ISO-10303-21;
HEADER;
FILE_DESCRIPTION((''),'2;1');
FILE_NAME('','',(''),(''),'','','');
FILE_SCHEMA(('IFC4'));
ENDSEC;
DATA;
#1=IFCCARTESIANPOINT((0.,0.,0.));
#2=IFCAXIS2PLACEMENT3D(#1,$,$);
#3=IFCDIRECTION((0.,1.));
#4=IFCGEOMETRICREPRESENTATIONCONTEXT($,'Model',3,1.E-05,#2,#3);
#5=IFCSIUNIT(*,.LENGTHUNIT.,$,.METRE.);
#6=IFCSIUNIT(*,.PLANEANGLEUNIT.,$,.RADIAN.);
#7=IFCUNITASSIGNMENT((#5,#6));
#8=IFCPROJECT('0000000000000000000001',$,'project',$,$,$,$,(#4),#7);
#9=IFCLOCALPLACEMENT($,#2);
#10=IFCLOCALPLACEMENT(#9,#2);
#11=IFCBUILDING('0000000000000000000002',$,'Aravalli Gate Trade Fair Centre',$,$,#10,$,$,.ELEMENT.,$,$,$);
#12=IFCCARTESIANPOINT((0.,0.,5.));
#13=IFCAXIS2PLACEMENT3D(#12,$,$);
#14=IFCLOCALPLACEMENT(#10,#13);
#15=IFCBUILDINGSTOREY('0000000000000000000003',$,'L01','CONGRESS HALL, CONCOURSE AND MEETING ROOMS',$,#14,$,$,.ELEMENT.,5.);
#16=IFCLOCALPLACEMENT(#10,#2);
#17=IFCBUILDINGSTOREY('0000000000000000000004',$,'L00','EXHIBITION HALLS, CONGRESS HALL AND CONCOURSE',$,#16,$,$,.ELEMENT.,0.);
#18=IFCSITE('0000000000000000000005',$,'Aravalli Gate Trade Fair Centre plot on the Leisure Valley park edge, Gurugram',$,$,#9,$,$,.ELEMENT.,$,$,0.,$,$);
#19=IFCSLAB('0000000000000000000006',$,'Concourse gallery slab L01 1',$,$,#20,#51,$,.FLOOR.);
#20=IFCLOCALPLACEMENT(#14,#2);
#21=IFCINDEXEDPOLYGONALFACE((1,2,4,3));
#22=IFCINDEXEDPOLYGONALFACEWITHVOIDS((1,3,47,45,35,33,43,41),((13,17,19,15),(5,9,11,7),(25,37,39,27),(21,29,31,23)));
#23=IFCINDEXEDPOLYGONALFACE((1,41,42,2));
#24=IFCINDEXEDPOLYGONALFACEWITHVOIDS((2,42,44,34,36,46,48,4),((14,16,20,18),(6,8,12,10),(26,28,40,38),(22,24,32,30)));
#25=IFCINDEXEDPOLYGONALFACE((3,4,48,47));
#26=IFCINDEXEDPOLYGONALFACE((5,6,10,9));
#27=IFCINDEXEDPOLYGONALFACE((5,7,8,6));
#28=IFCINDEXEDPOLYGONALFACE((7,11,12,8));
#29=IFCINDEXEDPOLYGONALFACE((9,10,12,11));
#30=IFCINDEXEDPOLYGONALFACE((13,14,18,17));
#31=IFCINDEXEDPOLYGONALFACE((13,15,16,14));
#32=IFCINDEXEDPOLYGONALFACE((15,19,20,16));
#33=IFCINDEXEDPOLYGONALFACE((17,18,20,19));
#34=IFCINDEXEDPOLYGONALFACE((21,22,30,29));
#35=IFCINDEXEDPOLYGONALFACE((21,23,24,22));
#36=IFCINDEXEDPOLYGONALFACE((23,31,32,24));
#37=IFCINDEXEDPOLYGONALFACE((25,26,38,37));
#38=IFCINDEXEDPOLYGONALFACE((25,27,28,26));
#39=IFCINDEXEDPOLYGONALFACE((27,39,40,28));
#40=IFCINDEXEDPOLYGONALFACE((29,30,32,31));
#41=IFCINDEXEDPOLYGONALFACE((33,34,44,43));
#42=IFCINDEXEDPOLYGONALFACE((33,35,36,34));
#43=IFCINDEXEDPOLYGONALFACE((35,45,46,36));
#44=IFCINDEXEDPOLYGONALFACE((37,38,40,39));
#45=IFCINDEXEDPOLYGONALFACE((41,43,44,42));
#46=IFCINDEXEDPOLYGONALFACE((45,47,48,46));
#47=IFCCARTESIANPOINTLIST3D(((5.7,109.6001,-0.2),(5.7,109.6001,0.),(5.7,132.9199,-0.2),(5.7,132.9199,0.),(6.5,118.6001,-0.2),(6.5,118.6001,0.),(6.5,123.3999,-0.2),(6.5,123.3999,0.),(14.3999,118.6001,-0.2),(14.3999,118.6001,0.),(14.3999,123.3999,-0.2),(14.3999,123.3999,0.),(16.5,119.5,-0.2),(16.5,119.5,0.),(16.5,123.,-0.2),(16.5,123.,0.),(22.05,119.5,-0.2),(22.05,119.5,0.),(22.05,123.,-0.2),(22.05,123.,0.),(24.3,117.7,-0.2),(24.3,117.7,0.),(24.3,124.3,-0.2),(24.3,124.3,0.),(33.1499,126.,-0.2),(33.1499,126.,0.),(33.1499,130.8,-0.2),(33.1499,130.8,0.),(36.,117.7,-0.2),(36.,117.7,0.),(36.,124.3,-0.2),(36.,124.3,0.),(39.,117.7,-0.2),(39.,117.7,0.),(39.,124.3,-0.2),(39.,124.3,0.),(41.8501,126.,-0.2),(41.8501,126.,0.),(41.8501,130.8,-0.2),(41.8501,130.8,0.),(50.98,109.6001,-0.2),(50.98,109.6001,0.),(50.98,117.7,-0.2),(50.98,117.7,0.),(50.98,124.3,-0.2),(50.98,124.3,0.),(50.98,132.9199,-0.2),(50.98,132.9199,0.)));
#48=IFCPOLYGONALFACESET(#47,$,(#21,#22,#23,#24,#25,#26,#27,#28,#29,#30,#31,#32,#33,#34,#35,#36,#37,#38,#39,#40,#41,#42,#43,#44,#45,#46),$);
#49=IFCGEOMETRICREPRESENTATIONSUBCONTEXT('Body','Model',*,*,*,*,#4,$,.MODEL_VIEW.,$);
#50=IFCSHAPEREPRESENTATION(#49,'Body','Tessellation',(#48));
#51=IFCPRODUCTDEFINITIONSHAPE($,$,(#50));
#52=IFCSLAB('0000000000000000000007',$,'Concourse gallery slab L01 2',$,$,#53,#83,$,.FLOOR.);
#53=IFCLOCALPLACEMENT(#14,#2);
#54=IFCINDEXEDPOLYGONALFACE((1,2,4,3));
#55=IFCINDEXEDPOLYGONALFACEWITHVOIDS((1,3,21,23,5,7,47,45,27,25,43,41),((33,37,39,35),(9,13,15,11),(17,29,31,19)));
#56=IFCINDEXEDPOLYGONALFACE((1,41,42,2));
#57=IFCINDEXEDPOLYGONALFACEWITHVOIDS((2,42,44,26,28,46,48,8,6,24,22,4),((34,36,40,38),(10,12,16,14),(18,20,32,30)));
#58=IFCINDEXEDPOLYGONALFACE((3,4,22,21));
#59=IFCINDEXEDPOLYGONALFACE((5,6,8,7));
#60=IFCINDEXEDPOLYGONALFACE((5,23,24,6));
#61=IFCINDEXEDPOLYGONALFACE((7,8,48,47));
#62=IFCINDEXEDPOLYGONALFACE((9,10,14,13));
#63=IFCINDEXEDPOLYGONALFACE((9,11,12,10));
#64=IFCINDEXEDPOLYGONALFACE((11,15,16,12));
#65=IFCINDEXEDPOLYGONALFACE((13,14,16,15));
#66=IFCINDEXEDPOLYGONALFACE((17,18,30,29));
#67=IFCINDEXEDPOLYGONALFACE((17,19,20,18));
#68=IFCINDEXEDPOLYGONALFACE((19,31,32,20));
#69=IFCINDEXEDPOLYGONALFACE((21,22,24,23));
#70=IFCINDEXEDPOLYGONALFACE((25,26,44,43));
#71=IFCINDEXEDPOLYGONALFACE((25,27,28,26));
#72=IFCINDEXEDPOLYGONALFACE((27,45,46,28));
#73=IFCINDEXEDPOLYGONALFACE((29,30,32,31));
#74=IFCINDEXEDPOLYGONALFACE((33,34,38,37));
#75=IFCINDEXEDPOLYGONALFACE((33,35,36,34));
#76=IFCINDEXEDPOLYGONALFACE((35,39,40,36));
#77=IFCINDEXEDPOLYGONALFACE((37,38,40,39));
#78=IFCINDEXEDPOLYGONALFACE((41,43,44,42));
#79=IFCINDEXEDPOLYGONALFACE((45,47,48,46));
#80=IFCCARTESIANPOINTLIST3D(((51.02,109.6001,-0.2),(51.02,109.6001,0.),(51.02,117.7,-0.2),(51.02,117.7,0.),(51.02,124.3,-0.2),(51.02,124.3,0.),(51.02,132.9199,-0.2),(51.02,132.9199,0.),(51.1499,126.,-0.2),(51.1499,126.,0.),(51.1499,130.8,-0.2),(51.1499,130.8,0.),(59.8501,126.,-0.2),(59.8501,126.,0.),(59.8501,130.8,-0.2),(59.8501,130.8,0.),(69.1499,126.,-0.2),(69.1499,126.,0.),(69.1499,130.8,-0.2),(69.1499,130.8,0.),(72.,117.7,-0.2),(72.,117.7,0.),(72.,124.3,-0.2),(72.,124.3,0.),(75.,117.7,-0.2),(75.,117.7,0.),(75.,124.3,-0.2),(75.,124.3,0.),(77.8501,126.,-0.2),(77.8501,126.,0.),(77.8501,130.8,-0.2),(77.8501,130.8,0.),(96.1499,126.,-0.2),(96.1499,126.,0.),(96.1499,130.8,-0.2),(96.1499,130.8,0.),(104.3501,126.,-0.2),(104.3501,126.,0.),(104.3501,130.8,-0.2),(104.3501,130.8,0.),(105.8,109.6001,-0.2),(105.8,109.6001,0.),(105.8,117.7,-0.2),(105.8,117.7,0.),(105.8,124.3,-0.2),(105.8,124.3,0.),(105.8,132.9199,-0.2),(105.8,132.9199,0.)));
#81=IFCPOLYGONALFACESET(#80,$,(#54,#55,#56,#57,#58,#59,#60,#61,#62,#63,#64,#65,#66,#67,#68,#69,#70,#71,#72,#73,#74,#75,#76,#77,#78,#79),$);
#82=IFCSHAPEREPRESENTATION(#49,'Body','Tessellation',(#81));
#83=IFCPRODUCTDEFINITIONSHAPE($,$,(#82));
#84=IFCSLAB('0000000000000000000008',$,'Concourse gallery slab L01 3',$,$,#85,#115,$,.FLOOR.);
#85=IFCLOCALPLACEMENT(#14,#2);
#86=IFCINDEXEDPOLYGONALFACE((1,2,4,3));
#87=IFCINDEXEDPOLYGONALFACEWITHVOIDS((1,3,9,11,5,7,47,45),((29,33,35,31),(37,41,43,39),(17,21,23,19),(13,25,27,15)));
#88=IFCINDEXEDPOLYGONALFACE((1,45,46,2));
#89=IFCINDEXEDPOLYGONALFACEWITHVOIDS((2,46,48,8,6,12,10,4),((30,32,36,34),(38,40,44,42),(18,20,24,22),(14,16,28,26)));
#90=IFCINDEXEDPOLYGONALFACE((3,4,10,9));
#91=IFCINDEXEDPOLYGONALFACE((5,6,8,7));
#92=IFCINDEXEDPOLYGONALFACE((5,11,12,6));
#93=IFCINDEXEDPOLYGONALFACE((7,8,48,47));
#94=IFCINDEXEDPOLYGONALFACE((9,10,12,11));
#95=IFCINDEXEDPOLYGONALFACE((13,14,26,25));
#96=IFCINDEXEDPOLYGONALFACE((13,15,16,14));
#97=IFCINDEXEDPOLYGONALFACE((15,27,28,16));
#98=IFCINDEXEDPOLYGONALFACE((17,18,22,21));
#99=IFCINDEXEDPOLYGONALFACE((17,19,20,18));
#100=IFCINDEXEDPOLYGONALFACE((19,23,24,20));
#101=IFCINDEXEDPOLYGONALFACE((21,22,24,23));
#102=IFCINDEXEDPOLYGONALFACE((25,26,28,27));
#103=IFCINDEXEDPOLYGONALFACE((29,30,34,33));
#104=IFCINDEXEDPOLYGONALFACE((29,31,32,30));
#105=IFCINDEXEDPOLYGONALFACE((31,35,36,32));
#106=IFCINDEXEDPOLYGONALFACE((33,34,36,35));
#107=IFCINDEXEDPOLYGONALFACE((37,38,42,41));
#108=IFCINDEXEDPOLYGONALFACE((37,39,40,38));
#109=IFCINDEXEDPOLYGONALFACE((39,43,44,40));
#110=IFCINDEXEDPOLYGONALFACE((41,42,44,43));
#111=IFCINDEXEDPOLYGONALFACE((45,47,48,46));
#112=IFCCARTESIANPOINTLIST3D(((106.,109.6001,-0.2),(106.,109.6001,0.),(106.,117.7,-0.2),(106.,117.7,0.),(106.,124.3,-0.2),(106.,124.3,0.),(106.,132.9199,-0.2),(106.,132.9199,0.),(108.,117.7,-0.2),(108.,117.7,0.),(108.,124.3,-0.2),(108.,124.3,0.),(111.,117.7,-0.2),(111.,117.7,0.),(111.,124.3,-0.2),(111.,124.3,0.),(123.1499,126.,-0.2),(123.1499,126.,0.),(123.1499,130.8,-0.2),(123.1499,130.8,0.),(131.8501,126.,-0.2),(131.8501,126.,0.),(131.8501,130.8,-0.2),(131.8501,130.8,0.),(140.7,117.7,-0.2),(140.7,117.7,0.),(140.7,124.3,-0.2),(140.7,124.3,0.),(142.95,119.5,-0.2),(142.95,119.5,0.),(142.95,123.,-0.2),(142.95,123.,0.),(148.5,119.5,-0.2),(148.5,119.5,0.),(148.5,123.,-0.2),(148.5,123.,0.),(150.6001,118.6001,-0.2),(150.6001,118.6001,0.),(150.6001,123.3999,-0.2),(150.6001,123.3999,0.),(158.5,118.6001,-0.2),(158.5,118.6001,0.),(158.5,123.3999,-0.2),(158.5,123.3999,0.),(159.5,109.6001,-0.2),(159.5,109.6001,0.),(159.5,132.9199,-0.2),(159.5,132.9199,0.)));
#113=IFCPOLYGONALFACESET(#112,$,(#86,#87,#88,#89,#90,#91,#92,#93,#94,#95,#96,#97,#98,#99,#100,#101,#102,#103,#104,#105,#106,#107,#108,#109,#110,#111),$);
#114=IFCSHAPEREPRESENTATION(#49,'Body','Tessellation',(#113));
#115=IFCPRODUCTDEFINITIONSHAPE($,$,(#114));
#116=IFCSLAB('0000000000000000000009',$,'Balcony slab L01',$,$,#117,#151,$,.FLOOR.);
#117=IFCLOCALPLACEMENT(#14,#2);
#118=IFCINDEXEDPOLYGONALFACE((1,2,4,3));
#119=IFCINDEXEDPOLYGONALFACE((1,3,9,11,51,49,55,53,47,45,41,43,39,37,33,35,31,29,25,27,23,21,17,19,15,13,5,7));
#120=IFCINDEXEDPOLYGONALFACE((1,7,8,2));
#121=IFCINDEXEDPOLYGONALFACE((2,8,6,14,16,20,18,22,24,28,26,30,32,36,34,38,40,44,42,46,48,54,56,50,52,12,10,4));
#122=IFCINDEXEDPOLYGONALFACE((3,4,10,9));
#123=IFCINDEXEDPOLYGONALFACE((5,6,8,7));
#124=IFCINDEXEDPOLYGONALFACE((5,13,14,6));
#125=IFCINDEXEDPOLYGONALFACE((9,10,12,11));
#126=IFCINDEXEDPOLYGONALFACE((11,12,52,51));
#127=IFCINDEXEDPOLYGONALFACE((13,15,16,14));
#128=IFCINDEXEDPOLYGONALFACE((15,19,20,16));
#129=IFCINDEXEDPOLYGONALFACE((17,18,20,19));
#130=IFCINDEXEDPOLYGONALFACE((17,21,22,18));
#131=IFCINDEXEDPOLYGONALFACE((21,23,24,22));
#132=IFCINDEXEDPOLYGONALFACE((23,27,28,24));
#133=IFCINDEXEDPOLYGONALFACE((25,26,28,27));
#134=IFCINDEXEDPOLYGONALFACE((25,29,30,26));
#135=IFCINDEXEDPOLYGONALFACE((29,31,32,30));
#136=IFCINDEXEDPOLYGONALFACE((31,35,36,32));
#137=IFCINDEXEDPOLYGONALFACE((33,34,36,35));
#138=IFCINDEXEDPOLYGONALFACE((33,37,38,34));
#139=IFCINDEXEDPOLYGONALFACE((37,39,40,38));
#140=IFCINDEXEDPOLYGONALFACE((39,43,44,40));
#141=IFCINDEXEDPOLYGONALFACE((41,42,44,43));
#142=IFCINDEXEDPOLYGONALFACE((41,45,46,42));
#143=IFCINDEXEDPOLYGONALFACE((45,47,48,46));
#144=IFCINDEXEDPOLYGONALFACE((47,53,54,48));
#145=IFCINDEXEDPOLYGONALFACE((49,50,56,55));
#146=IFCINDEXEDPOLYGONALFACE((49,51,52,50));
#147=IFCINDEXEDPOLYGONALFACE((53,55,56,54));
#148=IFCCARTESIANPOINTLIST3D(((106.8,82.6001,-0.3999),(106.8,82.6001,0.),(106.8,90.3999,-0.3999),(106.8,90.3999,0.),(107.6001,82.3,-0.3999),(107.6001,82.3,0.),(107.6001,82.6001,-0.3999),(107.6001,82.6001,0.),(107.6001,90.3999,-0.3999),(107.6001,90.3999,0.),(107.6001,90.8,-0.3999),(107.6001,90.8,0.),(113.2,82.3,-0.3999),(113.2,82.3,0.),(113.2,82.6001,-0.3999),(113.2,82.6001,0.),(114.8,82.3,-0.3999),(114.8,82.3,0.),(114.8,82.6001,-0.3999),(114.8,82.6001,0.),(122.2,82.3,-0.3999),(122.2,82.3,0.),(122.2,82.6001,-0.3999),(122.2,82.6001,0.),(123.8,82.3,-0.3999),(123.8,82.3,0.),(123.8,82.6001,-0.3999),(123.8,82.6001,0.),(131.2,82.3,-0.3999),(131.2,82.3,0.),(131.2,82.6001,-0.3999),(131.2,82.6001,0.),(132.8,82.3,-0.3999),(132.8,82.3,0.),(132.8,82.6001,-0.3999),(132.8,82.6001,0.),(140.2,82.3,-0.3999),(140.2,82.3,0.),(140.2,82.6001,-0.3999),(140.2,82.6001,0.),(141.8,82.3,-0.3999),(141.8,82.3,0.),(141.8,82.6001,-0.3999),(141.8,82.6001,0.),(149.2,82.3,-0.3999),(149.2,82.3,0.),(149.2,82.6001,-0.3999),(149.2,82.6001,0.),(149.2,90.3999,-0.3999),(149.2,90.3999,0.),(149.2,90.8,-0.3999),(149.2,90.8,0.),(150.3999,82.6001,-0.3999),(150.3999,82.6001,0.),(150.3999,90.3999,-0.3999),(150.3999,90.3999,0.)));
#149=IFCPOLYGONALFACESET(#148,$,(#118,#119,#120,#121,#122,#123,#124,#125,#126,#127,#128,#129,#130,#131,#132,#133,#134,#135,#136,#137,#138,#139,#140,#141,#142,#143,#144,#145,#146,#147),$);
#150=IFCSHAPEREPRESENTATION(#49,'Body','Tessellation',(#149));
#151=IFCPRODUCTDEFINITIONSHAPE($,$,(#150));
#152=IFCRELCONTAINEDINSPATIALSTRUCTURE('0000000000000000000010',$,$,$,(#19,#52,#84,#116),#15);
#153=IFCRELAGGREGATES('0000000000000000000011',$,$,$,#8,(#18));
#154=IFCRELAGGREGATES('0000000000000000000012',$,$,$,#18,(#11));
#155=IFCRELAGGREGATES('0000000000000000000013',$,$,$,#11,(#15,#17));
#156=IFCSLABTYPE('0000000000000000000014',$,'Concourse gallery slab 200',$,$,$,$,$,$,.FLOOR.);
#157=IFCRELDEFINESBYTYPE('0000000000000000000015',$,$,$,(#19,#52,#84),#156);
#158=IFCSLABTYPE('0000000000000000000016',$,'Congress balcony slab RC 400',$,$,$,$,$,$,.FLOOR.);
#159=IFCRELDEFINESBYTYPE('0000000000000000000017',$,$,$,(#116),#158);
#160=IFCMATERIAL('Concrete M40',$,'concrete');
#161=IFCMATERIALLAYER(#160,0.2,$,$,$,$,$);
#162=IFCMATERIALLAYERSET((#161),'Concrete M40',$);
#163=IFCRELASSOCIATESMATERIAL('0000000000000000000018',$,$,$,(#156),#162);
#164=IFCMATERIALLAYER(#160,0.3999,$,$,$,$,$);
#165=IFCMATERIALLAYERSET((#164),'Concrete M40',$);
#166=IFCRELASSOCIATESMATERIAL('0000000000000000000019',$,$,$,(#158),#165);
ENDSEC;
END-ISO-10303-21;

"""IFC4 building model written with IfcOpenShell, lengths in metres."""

from ifc_helpers import new_model, si_unit, direction, frame, origin, place, context, subcontext, project, spatial, polyline, outline, extrude, material, layer, layer_set, type_object, element, save


model = new_model("IFC4")

# Units and contexts
model_context = context("Model", 3, precision=1e-05, world=origin(), true_north=direction((0.0, 1.0)))
body_context = subcontext(model_context, "Body", "Model", "MODEL_VIEW")
ifc_project = project(units=[si_unit("LENGTHUNIT", "METRE"), si_unit("PLANEANGLEUNIT", "RADIAN")], contexts=[model_context])

# Site, building, storey
site_placement = place(None, origin())
site = spatial("IfcSite", under=ifc_project, at=site_placement, Name="Aravalli Gate Trade Fair Centre plot on the Leisure Valley park edge, Gurugram", CompositionType="ELEMENT", RefElevation=0.0)
building_placement = place(site_placement, origin())
building = spatial("IfcBuilding", under=site, at=building_placement, Name="Aravalli Gate Trade Fair Centre", CompositionType="ELEMENT")
storey_1_placement = place(building_placement, frame((0.0, 0.0, 5.0)))
storey_1 = spatial("IfcBuildingStorey", under=building, at=storey_1_placement, Name="L01", Description="CONGRESS HALL, CONCOURSE AND MEETING ROOMS", CompositionType="ELEMENT", Elevation=5.0)

# Slabs
ifc_material_1 = material(Name="Concrete M40", Category="concrete")
ifc_layer_1 = layer(ifc_material_1, 0.2)
ifc_layer_set_1 = layer_set([ifc_layer_1], Name="Concrete M40")
slab_type_1 = type_object("IfcSlabType", Name="Concourse gallery slab 200", PredefinedType="FLOOR", material=ifc_layer_set_1)
slab_1_placement = place(storey_1_placement, frame((0.0, 0.0, -0.2)))
element("IfcSlab", 1, at=slab_1_placement, inside=storey_1, type_object=slab_type_1, Name="Concourse gallery slab L01 1", PredefinedType="FLOOR", context=body_context, shape_type="SweptSolid", body=[
    extrude(outline(polyline([(50.98, 132.9199), (5.7, 132.9199), (5.7, 109.6001), (50.98, 109.6001), (50.98, 117.7), (39.0, 117.7), (39.0, 124.3), (50.98, 124.3), (50.98, 132.9199)]), holes=[polyline([(24.3, 124.3), (36.0, 124.3), (36.0, 117.7), (24.3, 117.7), (24.3, 124.3)]), polyline([(6.5, 118.6001), (6.5, 123.3999), (14.3999, 123.3999), (14.3999, 118.6001), (6.5, 118.6001)]), polyline([(16.5, 119.5), (16.5, 123.0), (22.05, 123.0), (22.05, 119.5), (16.5, 119.5)]), polyline([(33.1499, 126.0), (33.1499, 130.8), (41.8501, 130.8), (41.8501, 126.0), (33.1499, 126.0)])]), origin(), (0.0, 0.0, 1.0), 0.2),
])
slab_2_placement = place(storey_1_placement, frame((0.0, 0.0, -0.2)))
element("IfcSlab", 2, at=slab_2_placement, inside=storey_1, type_object=slab_type_1, Name="Concourse gallery slab L01 2", PredefinedType="FLOOR", context=body_context, shape_type="SweptSolid", body=[
    extrude(outline(polyline([(105.8, 132.9199), (51.02, 132.9199), (51.02, 124.3), (72.0, 124.3), (72.0, 117.7), (51.02, 117.7), (51.02, 109.6001), (105.8, 109.6001), (105.8, 117.7), (75.0, 117.7), (75.0, 124.3), (105.8, 124.3), (105.8, 132.9199)]), holes=[polyline([(51.1499, 126.0), (51.1499, 130.8), (59.8501, 130.8), (59.8501, 126.0), (51.1499, 126.0)]), polyline([(69.1499, 126.0), (69.1499, 130.8), (77.8501, 130.8), (77.8501, 126.0), (69.1499, 126.0)]), polyline([(96.1499, 130.8), (104.3501, 130.8), (104.3501, 126.0), (96.1499, 126.0), (96.1499, 130.8)])]), origin(), (0.0, 0.0, 1.0), 0.2),
])
slab_3_placement = place(storey_1_placement, frame((0.0, 0.0, -0.2)))
element("IfcSlab", 3, at=slab_3_placement, inside=storey_1, type_object=slab_type_1, Name="Concourse gallery slab L01 3", PredefinedType="FLOOR", context=body_context, shape_type="SweptSolid", body=[
    extrude(outline(polyline([(159.5, 132.9199), (106.0, 132.9199), (106.0, 124.3), (108.0, 124.3), (108.0, 117.7), (106.0, 117.7), (106.0, 109.6001), (159.5, 109.6001), (159.5, 132.9199)]), holes=[polyline([(140.7, 117.7), (111.0, 117.7), (111.0, 124.3), (140.7, 124.3), (140.7, 117.7)]), polyline([(150.6001, 118.6001), (150.6001, 123.3999), (158.5, 123.3999), (158.5, 118.6001), (150.6001, 118.6001)]), polyline([(142.95, 119.5), (142.95, 123.0), (148.5, 123.0), (148.5, 119.5), (142.95, 119.5)]), polyline([(123.1499, 130.8), (131.8501, 130.8), (131.8501, 126.0), (123.1499, 126.0), (123.1499, 130.8)])]), origin(), (0.0, 0.0, 1.0), 0.2),
])
ifc_layer_2 = layer(ifc_material_1, 0.3999)
ifc_layer_set_2 = layer_set([ifc_layer_2], Name="Concrete M40")
slab_type_2 = type_object("IfcSlabType", Name="Congress balcony slab RC 400", PredefinedType="FLOOR", material=ifc_layer_set_2)
slab_4_placement = place(storey_1_placement, frame((0.0, 0.0, -0.3999)))
element("IfcSlab", 4, at=slab_4_placement, inside=storey_1, type_object=slab_type_2, Name="Balcony slab L01", PredefinedType="FLOOR", context=body_context, shape_type="SweptSolid", body=[
    extrude(outline(polyline([(150.3999, 82.6001), (149.2, 82.6001), (149.2, 82.3), (141.8, 82.3), (141.8, 82.6001), (140.2, 82.6001), (140.2, 82.3), (132.8, 82.3), (132.8, 82.6001), (131.2, 82.6001), (131.2, 82.3), (123.8, 82.3), (123.8, 82.6001), (122.2, 82.6001), (122.2, 82.3), (114.8, 82.3), (114.8, 82.6001), (113.2, 82.6001), (113.2, 82.3), (107.6001, 82.3), (107.6001, 82.6001), (106.8, 82.6001), (106.8, 90.3999), (107.6001, 90.3999), (107.6001, 90.8), (149.2, 90.8), (149.2, 90.3999), (150.3999, 90.3999), (150.3999, 82.6001)])), origin(), (0.0, 0.0, 1.0), 0.3999),
])

# Shared definitions
storey_2_placement = place(building_placement, origin())
storey_2 = spatial("IfcBuildingStorey", under=building, at=storey_2_placement, Name="L00", Description="EXHIBITION HALLS, CONGRESS HALL AND CONCOURSE", CompositionType="ELEMENT", Elevation=0.0)

save(model, "model.ifc")
